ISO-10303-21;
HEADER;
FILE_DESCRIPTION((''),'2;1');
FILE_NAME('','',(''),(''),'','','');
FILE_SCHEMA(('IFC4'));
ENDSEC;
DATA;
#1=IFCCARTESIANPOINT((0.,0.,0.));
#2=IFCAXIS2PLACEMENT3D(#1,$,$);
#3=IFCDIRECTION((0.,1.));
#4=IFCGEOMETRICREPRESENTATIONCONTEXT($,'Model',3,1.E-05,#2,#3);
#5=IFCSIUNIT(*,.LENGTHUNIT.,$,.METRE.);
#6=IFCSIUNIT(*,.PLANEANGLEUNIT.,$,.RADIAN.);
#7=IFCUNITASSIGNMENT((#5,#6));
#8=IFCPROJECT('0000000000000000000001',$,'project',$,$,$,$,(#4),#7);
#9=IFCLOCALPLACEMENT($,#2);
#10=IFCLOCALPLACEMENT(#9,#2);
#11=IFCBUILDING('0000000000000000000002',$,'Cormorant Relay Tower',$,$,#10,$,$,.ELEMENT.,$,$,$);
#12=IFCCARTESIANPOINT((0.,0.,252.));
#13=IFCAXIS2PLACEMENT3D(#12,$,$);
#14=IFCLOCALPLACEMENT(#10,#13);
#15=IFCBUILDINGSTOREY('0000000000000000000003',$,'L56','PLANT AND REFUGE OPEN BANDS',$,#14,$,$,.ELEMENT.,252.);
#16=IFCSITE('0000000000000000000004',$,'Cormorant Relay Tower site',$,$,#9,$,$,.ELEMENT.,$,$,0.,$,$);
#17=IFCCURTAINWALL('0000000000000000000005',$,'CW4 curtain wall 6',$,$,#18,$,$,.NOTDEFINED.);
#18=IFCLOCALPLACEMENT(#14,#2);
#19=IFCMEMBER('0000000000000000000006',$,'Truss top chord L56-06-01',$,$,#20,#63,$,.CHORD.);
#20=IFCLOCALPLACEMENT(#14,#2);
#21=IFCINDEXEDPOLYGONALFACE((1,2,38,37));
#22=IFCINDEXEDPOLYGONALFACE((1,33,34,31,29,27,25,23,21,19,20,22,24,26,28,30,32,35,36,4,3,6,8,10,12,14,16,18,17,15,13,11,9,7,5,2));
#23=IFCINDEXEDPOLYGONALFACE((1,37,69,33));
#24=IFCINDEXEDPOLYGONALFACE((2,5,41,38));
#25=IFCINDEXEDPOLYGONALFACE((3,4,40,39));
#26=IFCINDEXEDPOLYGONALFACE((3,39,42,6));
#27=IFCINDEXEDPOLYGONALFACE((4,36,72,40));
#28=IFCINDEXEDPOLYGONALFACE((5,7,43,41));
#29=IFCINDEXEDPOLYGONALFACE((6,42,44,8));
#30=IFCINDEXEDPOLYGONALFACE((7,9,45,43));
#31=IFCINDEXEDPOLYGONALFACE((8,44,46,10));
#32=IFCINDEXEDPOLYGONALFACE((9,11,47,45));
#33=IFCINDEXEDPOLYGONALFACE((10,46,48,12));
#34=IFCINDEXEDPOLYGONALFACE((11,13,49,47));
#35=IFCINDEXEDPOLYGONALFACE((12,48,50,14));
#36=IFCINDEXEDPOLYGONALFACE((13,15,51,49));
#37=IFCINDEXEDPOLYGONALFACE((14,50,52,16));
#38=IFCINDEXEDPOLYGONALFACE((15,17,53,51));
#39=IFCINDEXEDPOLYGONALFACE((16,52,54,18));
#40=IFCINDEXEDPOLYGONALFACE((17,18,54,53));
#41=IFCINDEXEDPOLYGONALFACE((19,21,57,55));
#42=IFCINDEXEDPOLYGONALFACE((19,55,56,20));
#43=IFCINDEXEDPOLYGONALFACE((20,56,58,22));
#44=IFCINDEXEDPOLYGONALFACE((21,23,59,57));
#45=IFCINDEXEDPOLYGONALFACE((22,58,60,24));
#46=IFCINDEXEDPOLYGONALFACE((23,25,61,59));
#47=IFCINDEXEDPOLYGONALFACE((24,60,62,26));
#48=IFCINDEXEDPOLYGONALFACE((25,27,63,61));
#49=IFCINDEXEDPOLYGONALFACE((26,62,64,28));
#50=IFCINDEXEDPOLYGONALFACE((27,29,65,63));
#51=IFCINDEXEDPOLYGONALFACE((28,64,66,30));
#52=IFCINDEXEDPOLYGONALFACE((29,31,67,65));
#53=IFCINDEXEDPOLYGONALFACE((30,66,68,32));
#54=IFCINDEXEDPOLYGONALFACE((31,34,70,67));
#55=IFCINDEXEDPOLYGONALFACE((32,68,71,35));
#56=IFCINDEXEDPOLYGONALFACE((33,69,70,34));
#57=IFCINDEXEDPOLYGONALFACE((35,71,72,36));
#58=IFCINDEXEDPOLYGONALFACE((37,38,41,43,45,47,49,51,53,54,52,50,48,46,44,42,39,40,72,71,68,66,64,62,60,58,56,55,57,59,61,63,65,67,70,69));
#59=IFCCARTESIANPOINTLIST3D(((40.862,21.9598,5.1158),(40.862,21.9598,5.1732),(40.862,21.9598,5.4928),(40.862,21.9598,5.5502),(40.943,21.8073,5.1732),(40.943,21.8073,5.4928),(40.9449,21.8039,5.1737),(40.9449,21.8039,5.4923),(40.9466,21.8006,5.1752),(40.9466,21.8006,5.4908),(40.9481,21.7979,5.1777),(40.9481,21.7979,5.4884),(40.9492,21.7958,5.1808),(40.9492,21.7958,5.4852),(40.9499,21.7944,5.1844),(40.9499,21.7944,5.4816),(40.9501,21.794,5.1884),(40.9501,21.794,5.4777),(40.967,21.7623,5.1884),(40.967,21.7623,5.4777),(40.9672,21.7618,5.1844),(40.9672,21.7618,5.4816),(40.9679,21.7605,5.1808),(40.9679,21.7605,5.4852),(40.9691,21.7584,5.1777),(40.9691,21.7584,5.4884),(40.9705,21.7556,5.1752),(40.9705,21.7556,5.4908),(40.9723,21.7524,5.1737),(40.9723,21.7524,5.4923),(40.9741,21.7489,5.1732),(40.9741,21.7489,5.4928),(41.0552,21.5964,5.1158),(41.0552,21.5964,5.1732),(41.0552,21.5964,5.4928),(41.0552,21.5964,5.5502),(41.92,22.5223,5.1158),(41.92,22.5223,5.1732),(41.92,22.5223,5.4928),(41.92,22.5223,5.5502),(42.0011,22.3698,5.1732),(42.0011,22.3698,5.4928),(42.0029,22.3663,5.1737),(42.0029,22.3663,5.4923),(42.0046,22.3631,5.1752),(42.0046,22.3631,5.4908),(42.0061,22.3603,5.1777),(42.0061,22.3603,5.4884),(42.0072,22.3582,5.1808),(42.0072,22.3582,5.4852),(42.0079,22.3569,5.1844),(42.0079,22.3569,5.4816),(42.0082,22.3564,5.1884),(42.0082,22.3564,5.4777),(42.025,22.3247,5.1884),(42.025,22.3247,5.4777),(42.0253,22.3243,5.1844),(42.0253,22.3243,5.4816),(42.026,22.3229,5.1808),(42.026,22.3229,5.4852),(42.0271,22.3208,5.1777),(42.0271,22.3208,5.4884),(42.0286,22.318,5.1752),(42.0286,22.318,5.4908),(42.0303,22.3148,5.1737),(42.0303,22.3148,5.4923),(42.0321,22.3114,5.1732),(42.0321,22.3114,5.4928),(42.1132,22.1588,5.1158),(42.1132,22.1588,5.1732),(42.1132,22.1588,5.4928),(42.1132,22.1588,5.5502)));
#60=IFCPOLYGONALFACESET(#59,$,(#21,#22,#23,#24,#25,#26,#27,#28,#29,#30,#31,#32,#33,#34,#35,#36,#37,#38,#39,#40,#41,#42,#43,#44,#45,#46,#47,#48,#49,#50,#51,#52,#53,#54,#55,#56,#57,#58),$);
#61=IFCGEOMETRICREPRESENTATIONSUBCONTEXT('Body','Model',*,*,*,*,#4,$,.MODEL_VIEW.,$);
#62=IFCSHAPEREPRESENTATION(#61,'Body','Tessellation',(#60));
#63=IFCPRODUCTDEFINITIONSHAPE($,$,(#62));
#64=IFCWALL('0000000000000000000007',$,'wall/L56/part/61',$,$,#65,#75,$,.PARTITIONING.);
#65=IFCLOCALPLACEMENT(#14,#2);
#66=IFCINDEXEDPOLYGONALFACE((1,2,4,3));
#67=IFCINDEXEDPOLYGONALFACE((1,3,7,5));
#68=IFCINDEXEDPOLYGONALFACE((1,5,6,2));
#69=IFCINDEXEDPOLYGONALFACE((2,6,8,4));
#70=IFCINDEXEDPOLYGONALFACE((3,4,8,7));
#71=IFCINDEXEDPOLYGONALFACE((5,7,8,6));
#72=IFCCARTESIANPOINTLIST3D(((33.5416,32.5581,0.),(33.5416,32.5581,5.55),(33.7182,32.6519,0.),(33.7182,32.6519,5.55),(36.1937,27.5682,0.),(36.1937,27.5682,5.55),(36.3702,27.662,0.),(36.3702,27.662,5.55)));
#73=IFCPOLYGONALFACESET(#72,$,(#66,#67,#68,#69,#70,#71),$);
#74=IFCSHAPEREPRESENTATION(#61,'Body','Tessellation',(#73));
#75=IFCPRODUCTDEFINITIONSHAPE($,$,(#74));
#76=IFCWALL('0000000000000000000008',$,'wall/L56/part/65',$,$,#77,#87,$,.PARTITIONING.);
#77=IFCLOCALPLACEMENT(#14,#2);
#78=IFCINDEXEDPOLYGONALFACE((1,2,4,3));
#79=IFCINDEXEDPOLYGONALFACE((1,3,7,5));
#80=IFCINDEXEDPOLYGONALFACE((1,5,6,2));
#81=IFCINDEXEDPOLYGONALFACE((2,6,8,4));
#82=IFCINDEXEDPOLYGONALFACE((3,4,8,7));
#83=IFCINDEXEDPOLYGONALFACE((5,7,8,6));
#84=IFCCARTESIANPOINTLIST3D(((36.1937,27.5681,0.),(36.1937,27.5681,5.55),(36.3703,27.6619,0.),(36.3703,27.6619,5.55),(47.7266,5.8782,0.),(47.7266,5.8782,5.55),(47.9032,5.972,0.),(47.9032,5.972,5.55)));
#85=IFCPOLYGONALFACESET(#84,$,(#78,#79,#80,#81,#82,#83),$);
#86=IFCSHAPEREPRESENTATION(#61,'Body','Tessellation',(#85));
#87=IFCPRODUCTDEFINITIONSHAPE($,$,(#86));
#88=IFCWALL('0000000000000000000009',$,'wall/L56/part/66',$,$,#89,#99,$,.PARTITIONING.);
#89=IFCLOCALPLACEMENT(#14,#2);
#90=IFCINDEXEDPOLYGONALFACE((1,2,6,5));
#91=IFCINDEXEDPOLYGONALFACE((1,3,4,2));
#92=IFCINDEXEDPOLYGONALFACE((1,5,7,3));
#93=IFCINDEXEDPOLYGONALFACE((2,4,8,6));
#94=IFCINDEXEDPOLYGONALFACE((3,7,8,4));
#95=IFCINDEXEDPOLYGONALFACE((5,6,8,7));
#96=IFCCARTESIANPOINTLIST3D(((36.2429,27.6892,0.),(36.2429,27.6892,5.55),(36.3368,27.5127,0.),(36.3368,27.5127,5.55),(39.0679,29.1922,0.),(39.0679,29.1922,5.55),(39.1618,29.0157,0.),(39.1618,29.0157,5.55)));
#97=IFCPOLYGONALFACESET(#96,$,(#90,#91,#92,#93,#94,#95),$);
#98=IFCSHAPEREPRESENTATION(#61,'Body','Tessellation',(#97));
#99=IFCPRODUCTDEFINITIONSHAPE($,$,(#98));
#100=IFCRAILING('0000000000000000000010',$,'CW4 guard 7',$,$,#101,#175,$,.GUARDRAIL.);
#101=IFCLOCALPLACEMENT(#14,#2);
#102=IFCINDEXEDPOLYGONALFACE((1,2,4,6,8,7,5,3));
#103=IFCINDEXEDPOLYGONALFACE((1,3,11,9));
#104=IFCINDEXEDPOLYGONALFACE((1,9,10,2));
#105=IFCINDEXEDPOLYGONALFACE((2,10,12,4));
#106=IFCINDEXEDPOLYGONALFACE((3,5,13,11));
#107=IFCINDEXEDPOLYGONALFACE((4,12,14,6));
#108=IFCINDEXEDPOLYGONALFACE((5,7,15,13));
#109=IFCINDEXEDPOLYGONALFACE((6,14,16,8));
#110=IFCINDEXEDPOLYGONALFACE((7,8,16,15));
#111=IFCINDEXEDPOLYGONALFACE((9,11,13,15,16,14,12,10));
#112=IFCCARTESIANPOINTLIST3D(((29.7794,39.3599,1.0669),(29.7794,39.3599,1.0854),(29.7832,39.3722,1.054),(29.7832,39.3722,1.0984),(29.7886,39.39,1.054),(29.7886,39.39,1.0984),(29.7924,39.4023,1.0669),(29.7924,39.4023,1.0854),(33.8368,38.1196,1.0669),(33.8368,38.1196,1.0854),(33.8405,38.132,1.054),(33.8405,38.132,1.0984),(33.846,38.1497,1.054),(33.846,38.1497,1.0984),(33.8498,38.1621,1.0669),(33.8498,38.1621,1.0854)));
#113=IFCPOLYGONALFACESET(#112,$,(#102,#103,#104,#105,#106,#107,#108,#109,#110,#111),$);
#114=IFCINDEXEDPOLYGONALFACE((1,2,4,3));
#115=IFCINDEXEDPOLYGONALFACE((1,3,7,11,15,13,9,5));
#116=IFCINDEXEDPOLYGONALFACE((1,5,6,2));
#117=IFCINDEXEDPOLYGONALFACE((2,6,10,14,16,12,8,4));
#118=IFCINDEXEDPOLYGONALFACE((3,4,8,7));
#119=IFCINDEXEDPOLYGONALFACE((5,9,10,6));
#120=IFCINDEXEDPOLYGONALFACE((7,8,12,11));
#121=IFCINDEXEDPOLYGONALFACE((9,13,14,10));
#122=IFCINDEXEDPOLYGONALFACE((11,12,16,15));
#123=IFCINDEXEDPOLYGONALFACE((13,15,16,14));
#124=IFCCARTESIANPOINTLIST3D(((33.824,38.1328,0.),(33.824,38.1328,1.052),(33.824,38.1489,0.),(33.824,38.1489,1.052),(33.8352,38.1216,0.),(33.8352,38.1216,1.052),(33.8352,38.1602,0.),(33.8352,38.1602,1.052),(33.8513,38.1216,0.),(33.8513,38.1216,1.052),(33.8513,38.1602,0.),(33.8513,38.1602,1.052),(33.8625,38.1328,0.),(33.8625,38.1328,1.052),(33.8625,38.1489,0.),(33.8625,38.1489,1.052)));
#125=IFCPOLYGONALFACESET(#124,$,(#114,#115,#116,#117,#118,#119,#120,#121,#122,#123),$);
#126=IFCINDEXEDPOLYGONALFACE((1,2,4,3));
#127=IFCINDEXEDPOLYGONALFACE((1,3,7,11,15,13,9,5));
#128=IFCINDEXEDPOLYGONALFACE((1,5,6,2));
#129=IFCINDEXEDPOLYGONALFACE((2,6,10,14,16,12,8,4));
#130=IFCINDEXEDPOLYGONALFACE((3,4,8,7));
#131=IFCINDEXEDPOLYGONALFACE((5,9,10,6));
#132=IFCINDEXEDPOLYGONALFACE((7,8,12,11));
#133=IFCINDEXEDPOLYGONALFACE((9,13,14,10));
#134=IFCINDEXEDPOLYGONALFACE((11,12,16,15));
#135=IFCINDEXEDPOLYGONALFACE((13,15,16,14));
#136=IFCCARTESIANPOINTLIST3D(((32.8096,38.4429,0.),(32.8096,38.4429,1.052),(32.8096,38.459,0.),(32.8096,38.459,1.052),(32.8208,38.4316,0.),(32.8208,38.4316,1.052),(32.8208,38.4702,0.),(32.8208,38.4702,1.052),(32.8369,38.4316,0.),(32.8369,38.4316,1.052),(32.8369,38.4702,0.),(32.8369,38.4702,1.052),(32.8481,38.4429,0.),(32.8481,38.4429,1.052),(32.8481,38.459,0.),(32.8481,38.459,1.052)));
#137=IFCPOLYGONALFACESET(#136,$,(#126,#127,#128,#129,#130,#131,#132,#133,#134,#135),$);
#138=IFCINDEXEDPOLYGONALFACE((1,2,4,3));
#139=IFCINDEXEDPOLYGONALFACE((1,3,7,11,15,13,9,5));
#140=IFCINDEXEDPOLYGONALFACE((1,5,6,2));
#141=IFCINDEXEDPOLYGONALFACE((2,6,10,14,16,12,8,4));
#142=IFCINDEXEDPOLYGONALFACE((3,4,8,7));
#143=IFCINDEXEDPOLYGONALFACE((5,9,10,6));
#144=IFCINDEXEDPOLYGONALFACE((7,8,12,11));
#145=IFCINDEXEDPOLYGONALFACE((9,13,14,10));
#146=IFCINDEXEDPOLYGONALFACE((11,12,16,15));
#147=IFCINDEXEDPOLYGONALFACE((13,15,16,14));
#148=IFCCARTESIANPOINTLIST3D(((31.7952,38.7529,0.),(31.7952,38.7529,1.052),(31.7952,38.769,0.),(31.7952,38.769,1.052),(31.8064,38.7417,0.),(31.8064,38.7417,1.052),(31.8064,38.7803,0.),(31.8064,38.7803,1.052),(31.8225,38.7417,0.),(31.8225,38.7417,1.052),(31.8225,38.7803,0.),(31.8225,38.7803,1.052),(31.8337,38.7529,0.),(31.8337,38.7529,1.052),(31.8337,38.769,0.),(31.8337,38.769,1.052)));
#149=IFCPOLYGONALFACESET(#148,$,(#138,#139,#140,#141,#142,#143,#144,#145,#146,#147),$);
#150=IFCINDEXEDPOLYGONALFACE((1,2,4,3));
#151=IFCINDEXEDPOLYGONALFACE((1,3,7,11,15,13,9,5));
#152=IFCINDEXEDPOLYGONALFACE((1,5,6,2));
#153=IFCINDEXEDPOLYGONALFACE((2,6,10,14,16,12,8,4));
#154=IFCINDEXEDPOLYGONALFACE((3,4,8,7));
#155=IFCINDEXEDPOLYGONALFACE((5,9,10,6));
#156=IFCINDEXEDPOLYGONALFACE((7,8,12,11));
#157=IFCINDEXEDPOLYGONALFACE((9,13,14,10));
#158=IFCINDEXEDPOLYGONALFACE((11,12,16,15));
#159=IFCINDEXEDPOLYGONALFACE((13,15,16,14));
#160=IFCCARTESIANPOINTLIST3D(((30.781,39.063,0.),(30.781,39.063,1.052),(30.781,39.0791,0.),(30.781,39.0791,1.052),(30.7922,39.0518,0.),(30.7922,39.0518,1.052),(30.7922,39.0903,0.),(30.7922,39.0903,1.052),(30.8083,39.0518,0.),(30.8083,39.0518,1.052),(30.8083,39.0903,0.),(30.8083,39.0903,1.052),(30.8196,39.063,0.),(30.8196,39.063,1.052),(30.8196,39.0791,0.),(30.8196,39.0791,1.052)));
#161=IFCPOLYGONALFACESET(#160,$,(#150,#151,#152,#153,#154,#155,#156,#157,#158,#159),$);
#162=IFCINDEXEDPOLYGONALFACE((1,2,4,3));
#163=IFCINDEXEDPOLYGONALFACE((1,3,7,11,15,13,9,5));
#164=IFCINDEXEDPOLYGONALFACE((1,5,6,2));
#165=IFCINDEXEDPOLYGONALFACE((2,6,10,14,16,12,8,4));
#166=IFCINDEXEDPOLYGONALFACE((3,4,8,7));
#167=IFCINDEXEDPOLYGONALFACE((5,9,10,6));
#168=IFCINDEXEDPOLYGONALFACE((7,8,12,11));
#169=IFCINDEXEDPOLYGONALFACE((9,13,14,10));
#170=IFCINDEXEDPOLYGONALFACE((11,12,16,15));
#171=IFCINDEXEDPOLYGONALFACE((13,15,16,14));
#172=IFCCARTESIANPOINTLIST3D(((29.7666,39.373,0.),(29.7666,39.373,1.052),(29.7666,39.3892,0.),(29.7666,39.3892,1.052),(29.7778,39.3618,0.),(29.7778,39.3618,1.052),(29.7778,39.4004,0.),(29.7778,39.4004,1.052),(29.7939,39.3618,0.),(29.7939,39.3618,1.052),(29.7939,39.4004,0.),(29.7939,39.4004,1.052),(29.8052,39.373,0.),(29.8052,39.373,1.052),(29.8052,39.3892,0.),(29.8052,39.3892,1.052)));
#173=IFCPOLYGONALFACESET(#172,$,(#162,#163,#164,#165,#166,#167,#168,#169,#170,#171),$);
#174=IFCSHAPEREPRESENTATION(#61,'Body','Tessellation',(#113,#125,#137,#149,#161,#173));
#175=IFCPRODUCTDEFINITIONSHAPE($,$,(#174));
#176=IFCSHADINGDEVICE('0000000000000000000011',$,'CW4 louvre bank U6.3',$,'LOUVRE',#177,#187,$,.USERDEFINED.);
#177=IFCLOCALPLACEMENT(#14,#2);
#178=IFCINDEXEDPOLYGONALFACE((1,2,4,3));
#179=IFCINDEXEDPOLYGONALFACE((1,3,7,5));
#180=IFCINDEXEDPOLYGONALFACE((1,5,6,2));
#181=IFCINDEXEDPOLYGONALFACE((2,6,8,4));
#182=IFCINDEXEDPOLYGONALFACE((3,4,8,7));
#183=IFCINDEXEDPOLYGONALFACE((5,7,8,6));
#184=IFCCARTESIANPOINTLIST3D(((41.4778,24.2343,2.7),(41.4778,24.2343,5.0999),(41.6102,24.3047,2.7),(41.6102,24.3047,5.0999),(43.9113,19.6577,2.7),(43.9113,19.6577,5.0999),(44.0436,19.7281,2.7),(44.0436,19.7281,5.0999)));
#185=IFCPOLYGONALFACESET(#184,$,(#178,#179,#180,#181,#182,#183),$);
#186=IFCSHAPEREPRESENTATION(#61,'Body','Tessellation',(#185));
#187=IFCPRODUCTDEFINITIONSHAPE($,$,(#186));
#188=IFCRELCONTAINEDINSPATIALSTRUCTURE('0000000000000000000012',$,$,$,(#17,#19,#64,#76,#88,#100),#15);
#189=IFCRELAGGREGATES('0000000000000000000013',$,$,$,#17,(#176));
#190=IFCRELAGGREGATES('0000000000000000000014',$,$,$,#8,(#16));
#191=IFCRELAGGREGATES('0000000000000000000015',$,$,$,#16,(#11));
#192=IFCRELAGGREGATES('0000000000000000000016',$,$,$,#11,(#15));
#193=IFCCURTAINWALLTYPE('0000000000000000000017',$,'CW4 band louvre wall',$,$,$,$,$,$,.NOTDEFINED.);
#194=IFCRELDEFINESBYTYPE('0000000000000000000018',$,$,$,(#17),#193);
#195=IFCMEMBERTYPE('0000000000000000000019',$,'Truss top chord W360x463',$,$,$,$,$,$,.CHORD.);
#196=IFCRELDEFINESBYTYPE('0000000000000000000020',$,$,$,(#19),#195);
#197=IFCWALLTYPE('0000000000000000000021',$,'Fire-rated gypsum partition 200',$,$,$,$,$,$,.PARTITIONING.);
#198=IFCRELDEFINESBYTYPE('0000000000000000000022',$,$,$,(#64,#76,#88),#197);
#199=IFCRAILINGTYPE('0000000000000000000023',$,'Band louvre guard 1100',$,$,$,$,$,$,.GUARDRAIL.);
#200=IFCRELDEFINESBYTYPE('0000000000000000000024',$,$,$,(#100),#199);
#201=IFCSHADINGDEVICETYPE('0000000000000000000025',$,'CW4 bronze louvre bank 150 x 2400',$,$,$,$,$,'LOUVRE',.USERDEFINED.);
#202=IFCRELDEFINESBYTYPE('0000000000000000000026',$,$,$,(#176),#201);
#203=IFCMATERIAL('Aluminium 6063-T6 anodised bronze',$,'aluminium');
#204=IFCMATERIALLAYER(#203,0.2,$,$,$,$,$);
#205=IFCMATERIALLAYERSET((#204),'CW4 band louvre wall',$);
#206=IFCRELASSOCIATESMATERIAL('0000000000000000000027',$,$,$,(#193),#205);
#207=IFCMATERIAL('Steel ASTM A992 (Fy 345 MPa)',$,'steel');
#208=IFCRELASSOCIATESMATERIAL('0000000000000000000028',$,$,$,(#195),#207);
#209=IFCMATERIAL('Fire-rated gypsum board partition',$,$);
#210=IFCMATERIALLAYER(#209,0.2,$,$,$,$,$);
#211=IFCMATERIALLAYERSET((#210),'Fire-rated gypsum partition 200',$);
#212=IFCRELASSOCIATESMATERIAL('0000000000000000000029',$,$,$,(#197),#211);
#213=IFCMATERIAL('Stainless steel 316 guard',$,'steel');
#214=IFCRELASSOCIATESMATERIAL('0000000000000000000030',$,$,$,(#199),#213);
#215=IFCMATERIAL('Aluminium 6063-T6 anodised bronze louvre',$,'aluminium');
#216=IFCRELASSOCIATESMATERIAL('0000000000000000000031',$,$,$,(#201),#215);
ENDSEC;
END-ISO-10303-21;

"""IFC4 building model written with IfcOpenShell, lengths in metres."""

from ifc_helpers import new_model, si_unit, direction, frame, frame_2d, origin, origin_2d, place, context, subcontext, project, spatial, polyline, rectangle, i_section, outline, extrude, material, layer, layer_set, material_profile, profile_set, type_object, element, aggregate, save


model = new_model("IFC4")

# Units and contexts
model_context = context("Model", 3, precision=1e-05, world=origin(), true_north=direction((0.0, 1.0)))
body_context = subcontext(model_context, "Body", "Model", "MODEL_VIEW")
ifc_project = project(units=[si_unit("LENGTHUNIT", "METRE"), si_unit("PLANEANGLEUNIT", "RADIAN")], contexts=[model_context])

# Site, building, storey
site_placement = place(None, origin())
site = spatial("IfcSite", under=ifc_project, at=site_placement, Name="Cormorant Relay Tower site", CompositionType="ELEMENT", RefElevation=0.0)
building_placement = place(site_placement, origin())
building = spatial("IfcBuilding", under=site, at=building_placement, Name="Cormorant Relay Tower", CompositionType="ELEMENT")
storey_placement = place(building_placement, frame((0.0, 0.0, 252.0)))
storey = spatial("IfcBuildingStorey", under=building, at=storey_placement, Name="L56", Description="PLANT AND REFUGE OPEN BANDS", CompositionType="ELEMENT", Elevation=252.0)

# Curtain wall
ifc_material_1 = material(Name="Aluminium 6063-T6 anodised bronze", Category="aluminium")
ifc_layer_1 = layer(ifc_material_1, 0.2)
ifc_layer_set_1 = layer_set([ifc_layer_1], Name="CW4 band louvre wall")
curtain_wall_type = type_object("IfcCurtainWallType", Name="CW4 band louvre wall", PredefinedType="NOTDEFINED", material=ifc_layer_set_1)
curtain_wall_1_placement = place(storey_placement, origin())
curtain_wall_1 = element("IfcCurtainWall", 1, at=curtain_wall_1_placement, inside=storey, type_object=curtain_wall_type, Name="CW4 curtain wall 6", PredefinedType="NOTDEFINED")

# Member
ifc_material_2 = material(Name="Steel ASTM A992 (Fy 345 MPa)", Category="steel")
ifc_material_profile_1 = material_profile(ifc_material_2, i_section(OverallWidth=0.4116, OverallDepth=0.4343, WebThickness=0.0359, FlangeThickness=0.0574, FilletRadius=0.0151, at=origin_2d()), Name="W360x463")
ifc_profile_set_1 = profile_set([ifc_material_profile_1], Name="Steel ASTM A992 (Fy 345 MPa)")
member_type_1 = type_object("IfcMemberType", Name="Truss top chord W360x463", PredefinedType="CHORD", material=ifc_profile_set_1)
member_1_placement = place(storey_placement, frame((42.0166, 22.3406, 5.333), z_axis=(-0.882984, -0.469403, 0.0), x_axis=(0.469403, -0.882984, 0.0)))
element("IfcMember", 2, at=member_1_placement, inside=storey, type_object=member_type_1, Name="Truss top chord L56-06-01", PredefinedType="CHORD", context=body_context, shape_type="SweptSolid", body=[
    extrude(i_section(OverallWidth=0.4116, OverallDepth=0.4343, WebThickness=0.0359, FlangeThickness=0.0574, FilletRadius=0.0151, at=origin_2d()), origin(), (0.0, 0.0, 1.0), 1.1982),
])

# Walls
ifc_material_3 = material(Name="Fire-rated gypsum board partition")
ifc_layer_2 = layer(ifc_material_3, 0.2)
ifc_layer_set_2 = layer_set([ifc_layer_2], Name="Fire-rated gypsum partition 200")
wall_type = type_object("IfcWallType", Name="Fire-rated gypsum partition 200", PredefinedType="PARTITIONING", material=ifc_layer_set_2)
wall_1_placement = place(storey_placement, frame((33.6299, 32.605, 0.0), z_axis=(0.0, 0.0, 1.0), x_axis=(0.469316, -0.88303, 0.0)))
element("IfcWall", 3, at=wall_1_placement, inside=storey, type_object=wall_type, Name="wall/L56/part/61", PredefinedType="PARTITIONING", context=body_context, shape_type="SweptSolid", body=[
    extrude(rectangle(XDim=5.6509, YDim=0.2, at=frame_2d((2.8254, 0.0))), origin(), (0.0, 0.0, 1.0), 5.55),
])
wall_2_placement = place(storey_placement, frame((36.282, 27.615, 0.0), z_axis=(0.0, 0.0, 1.0), x_axis=(0.469478, -0.882944, 0.0)))
element("IfcWall", 4, at=wall_2_placement, inside=storey, type_object=wall_type, Name="wall/L56/part/65", PredefinedType="PARTITIONING", context=body_context, shape_type="SweptSolid", body=[
    extrude(rectangle(XDim=24.5654, YDim=0.2, at=frame_2d((12.2827, 0.0))), origin(), (0.0, 0.0, 1.0), 5.55),
])
wall_3_placement = place(storey_placement, frame((39.115, 29.104, 0.0), z_axis=(0.0, 0.0, 1.0), x_axis=(-0.882834, -0.469685, 0.0)))
element("IfcWall", 5, at=wall_3_placement, inside=storey, type_object=wall_type, Name="wall/L56/part/66", PredefinedType="PARTITIONING", context=body_context, shape_type="SweptSolid", body=[
    extrude(rectangle(XDim=3.2, YDim=0.2, at=frame_2d((1.6001, 0.0))), origin(), (0.0, 0.0, 1.0), 5.55),
])

# Railing
ifc_material_4 = material(Name="Stainless steel 316 guard", Category="steel")
railing_type = type_object("IfcRailingType", Name="Band louvre guard 1100", PredefinedType="GUARDRAIL", material=ifc_material_4)
railing_placement = place(storey_placement, frame((33.8433, 38.1409, 0.0)))
element("IfcRailing", 6, at=railing_placement, inside=storey, type_object=railing_type, Name="CW4 guard 7", PredefinedType="GUARDRAIL", context=body_context, shape_type="SweptSolid", body=[
    extrude(outline(polyline([(0.0222, 0.0093), (0.0093, 0.0222), (-0.0093, 0.0222), (-0.0222, 0.0093), (-0.0222, -0.0093), (-0.0093, -0.0222), (0.0093, -0.0222), (0.0222, -0.0093), (0.0222, 0.0093)])), frame((0.0, 0.0, 1.0762), z_axis=(-0.95632, 0.292322, 0.0), x_axis=(-0.292322, -0.95632, 0.0)), (0.0, 0.0, 1.0), 4.2427),
    extrude(outline(polyline([(0.0193, 0.0081), (0.0081, 0.0193), (-0.0081, 0.0193), (-0.0193, 0.0081), (-0.0193, -0.0081), (-0.0081, -0.0193), (0.0081, -0.0193), (0.0193, -0.0081), (0.0193, 0.0081)])), origin(), (0.0, 0.0, 1.0), 1.052),
    extrude(outline(polyline([(0.0193, 0.0081), (0.0081, 0.0193), (-0.0081, 0.0193), (-0.0193, 0.0081), (-0.0193, -0.0081), (-0.0081, -0.0193), (0.0081, -0.0193), (0.0193, -0.0081), (0.0193, 0.0081)])), frame((-1.0144, 0.3101, 0.0)), (0.0, 0.0, 1.0), 1.052),
    extrude(outline(polyline([(0.0193, 0.0081), (0.0081, 0.0193), (-0.0081, 0.0193), (-0.0193, 0.0081), (-0.0193, -0.0081), (-0.0081, -0.0193), (0.0081, -0.0193), (0.0193, -0.0081), (0.0193, 0.0081)])), frame((-2.0288, 0.6201, 0.0)), (0.0, 0.0, 1.0), 1.052),
    extrude(outline(polyline([(0.0193, 0.0081), (0.0081, 0.0193), (-0.0081, 0.0193), (-0.0193, 0.0081), (-0.0193, -0.0081), (-0.0081, -0.0193), (0.0081, -0.0193), (0.0193, -0.0081), (0.0193, 0.0081)])), frame((-3.043, 0.9302, 0.0)), (0.0, 0.0, 1.0), 1.052),
    extrude(outline(polyline([(0.0193, 0.0081), (0.0081, 0.0193), (-0.0081, 0.0193), (-0.0193, 0.0081), (-0.0193, -0.0081), (-0.0081, -0.0193), (0.0081, -0.0193), (0.0193, -0.0081), (0.0193, 0.0081)])), frame((-4.0574, 1.2402, 0.0)), (0.0, 0.0, 1.0), 1.052),
])

# Shading device
ifc_material_5 = material(Name="Aluminium 6063-T6 anodised bronze louvre", Category="aluminium")
shading_device_type = type_object("IfcShadingDeviceType", Name="CW4 bronze louvre bank 150 x 2400", ElementType="LOUVRE", PredefinedType="USERDEFINED", material=ifc_material_5)
shading_device_1_placement = place(storey_placement, frame((42.7607, 21.9812, 2.7), z_axis=(0.0, 0.0, 1.0), x_axis=(-0.469472, 0.882948, 0.0)))
shading_device_1 = element("IfcShadingDevice", 7, at=shading_device_1_placement, type_object=shading_device_type, Name="CW4 louvre bank U6.3", ObjectType="LOUVRE", PredefinedType="USERDEFINED", context=body_context, shape_type="SweptSolid", body=[
    extrude(rectangle(XDim=5.1833, YDim=0.1499, at=origin_2d()), origin(), (0.0, 0.0, 1.0), 2.3999),
])
aggregate(curtain_wall_1, [shading_device_1])

save(model, "model.ifc")
